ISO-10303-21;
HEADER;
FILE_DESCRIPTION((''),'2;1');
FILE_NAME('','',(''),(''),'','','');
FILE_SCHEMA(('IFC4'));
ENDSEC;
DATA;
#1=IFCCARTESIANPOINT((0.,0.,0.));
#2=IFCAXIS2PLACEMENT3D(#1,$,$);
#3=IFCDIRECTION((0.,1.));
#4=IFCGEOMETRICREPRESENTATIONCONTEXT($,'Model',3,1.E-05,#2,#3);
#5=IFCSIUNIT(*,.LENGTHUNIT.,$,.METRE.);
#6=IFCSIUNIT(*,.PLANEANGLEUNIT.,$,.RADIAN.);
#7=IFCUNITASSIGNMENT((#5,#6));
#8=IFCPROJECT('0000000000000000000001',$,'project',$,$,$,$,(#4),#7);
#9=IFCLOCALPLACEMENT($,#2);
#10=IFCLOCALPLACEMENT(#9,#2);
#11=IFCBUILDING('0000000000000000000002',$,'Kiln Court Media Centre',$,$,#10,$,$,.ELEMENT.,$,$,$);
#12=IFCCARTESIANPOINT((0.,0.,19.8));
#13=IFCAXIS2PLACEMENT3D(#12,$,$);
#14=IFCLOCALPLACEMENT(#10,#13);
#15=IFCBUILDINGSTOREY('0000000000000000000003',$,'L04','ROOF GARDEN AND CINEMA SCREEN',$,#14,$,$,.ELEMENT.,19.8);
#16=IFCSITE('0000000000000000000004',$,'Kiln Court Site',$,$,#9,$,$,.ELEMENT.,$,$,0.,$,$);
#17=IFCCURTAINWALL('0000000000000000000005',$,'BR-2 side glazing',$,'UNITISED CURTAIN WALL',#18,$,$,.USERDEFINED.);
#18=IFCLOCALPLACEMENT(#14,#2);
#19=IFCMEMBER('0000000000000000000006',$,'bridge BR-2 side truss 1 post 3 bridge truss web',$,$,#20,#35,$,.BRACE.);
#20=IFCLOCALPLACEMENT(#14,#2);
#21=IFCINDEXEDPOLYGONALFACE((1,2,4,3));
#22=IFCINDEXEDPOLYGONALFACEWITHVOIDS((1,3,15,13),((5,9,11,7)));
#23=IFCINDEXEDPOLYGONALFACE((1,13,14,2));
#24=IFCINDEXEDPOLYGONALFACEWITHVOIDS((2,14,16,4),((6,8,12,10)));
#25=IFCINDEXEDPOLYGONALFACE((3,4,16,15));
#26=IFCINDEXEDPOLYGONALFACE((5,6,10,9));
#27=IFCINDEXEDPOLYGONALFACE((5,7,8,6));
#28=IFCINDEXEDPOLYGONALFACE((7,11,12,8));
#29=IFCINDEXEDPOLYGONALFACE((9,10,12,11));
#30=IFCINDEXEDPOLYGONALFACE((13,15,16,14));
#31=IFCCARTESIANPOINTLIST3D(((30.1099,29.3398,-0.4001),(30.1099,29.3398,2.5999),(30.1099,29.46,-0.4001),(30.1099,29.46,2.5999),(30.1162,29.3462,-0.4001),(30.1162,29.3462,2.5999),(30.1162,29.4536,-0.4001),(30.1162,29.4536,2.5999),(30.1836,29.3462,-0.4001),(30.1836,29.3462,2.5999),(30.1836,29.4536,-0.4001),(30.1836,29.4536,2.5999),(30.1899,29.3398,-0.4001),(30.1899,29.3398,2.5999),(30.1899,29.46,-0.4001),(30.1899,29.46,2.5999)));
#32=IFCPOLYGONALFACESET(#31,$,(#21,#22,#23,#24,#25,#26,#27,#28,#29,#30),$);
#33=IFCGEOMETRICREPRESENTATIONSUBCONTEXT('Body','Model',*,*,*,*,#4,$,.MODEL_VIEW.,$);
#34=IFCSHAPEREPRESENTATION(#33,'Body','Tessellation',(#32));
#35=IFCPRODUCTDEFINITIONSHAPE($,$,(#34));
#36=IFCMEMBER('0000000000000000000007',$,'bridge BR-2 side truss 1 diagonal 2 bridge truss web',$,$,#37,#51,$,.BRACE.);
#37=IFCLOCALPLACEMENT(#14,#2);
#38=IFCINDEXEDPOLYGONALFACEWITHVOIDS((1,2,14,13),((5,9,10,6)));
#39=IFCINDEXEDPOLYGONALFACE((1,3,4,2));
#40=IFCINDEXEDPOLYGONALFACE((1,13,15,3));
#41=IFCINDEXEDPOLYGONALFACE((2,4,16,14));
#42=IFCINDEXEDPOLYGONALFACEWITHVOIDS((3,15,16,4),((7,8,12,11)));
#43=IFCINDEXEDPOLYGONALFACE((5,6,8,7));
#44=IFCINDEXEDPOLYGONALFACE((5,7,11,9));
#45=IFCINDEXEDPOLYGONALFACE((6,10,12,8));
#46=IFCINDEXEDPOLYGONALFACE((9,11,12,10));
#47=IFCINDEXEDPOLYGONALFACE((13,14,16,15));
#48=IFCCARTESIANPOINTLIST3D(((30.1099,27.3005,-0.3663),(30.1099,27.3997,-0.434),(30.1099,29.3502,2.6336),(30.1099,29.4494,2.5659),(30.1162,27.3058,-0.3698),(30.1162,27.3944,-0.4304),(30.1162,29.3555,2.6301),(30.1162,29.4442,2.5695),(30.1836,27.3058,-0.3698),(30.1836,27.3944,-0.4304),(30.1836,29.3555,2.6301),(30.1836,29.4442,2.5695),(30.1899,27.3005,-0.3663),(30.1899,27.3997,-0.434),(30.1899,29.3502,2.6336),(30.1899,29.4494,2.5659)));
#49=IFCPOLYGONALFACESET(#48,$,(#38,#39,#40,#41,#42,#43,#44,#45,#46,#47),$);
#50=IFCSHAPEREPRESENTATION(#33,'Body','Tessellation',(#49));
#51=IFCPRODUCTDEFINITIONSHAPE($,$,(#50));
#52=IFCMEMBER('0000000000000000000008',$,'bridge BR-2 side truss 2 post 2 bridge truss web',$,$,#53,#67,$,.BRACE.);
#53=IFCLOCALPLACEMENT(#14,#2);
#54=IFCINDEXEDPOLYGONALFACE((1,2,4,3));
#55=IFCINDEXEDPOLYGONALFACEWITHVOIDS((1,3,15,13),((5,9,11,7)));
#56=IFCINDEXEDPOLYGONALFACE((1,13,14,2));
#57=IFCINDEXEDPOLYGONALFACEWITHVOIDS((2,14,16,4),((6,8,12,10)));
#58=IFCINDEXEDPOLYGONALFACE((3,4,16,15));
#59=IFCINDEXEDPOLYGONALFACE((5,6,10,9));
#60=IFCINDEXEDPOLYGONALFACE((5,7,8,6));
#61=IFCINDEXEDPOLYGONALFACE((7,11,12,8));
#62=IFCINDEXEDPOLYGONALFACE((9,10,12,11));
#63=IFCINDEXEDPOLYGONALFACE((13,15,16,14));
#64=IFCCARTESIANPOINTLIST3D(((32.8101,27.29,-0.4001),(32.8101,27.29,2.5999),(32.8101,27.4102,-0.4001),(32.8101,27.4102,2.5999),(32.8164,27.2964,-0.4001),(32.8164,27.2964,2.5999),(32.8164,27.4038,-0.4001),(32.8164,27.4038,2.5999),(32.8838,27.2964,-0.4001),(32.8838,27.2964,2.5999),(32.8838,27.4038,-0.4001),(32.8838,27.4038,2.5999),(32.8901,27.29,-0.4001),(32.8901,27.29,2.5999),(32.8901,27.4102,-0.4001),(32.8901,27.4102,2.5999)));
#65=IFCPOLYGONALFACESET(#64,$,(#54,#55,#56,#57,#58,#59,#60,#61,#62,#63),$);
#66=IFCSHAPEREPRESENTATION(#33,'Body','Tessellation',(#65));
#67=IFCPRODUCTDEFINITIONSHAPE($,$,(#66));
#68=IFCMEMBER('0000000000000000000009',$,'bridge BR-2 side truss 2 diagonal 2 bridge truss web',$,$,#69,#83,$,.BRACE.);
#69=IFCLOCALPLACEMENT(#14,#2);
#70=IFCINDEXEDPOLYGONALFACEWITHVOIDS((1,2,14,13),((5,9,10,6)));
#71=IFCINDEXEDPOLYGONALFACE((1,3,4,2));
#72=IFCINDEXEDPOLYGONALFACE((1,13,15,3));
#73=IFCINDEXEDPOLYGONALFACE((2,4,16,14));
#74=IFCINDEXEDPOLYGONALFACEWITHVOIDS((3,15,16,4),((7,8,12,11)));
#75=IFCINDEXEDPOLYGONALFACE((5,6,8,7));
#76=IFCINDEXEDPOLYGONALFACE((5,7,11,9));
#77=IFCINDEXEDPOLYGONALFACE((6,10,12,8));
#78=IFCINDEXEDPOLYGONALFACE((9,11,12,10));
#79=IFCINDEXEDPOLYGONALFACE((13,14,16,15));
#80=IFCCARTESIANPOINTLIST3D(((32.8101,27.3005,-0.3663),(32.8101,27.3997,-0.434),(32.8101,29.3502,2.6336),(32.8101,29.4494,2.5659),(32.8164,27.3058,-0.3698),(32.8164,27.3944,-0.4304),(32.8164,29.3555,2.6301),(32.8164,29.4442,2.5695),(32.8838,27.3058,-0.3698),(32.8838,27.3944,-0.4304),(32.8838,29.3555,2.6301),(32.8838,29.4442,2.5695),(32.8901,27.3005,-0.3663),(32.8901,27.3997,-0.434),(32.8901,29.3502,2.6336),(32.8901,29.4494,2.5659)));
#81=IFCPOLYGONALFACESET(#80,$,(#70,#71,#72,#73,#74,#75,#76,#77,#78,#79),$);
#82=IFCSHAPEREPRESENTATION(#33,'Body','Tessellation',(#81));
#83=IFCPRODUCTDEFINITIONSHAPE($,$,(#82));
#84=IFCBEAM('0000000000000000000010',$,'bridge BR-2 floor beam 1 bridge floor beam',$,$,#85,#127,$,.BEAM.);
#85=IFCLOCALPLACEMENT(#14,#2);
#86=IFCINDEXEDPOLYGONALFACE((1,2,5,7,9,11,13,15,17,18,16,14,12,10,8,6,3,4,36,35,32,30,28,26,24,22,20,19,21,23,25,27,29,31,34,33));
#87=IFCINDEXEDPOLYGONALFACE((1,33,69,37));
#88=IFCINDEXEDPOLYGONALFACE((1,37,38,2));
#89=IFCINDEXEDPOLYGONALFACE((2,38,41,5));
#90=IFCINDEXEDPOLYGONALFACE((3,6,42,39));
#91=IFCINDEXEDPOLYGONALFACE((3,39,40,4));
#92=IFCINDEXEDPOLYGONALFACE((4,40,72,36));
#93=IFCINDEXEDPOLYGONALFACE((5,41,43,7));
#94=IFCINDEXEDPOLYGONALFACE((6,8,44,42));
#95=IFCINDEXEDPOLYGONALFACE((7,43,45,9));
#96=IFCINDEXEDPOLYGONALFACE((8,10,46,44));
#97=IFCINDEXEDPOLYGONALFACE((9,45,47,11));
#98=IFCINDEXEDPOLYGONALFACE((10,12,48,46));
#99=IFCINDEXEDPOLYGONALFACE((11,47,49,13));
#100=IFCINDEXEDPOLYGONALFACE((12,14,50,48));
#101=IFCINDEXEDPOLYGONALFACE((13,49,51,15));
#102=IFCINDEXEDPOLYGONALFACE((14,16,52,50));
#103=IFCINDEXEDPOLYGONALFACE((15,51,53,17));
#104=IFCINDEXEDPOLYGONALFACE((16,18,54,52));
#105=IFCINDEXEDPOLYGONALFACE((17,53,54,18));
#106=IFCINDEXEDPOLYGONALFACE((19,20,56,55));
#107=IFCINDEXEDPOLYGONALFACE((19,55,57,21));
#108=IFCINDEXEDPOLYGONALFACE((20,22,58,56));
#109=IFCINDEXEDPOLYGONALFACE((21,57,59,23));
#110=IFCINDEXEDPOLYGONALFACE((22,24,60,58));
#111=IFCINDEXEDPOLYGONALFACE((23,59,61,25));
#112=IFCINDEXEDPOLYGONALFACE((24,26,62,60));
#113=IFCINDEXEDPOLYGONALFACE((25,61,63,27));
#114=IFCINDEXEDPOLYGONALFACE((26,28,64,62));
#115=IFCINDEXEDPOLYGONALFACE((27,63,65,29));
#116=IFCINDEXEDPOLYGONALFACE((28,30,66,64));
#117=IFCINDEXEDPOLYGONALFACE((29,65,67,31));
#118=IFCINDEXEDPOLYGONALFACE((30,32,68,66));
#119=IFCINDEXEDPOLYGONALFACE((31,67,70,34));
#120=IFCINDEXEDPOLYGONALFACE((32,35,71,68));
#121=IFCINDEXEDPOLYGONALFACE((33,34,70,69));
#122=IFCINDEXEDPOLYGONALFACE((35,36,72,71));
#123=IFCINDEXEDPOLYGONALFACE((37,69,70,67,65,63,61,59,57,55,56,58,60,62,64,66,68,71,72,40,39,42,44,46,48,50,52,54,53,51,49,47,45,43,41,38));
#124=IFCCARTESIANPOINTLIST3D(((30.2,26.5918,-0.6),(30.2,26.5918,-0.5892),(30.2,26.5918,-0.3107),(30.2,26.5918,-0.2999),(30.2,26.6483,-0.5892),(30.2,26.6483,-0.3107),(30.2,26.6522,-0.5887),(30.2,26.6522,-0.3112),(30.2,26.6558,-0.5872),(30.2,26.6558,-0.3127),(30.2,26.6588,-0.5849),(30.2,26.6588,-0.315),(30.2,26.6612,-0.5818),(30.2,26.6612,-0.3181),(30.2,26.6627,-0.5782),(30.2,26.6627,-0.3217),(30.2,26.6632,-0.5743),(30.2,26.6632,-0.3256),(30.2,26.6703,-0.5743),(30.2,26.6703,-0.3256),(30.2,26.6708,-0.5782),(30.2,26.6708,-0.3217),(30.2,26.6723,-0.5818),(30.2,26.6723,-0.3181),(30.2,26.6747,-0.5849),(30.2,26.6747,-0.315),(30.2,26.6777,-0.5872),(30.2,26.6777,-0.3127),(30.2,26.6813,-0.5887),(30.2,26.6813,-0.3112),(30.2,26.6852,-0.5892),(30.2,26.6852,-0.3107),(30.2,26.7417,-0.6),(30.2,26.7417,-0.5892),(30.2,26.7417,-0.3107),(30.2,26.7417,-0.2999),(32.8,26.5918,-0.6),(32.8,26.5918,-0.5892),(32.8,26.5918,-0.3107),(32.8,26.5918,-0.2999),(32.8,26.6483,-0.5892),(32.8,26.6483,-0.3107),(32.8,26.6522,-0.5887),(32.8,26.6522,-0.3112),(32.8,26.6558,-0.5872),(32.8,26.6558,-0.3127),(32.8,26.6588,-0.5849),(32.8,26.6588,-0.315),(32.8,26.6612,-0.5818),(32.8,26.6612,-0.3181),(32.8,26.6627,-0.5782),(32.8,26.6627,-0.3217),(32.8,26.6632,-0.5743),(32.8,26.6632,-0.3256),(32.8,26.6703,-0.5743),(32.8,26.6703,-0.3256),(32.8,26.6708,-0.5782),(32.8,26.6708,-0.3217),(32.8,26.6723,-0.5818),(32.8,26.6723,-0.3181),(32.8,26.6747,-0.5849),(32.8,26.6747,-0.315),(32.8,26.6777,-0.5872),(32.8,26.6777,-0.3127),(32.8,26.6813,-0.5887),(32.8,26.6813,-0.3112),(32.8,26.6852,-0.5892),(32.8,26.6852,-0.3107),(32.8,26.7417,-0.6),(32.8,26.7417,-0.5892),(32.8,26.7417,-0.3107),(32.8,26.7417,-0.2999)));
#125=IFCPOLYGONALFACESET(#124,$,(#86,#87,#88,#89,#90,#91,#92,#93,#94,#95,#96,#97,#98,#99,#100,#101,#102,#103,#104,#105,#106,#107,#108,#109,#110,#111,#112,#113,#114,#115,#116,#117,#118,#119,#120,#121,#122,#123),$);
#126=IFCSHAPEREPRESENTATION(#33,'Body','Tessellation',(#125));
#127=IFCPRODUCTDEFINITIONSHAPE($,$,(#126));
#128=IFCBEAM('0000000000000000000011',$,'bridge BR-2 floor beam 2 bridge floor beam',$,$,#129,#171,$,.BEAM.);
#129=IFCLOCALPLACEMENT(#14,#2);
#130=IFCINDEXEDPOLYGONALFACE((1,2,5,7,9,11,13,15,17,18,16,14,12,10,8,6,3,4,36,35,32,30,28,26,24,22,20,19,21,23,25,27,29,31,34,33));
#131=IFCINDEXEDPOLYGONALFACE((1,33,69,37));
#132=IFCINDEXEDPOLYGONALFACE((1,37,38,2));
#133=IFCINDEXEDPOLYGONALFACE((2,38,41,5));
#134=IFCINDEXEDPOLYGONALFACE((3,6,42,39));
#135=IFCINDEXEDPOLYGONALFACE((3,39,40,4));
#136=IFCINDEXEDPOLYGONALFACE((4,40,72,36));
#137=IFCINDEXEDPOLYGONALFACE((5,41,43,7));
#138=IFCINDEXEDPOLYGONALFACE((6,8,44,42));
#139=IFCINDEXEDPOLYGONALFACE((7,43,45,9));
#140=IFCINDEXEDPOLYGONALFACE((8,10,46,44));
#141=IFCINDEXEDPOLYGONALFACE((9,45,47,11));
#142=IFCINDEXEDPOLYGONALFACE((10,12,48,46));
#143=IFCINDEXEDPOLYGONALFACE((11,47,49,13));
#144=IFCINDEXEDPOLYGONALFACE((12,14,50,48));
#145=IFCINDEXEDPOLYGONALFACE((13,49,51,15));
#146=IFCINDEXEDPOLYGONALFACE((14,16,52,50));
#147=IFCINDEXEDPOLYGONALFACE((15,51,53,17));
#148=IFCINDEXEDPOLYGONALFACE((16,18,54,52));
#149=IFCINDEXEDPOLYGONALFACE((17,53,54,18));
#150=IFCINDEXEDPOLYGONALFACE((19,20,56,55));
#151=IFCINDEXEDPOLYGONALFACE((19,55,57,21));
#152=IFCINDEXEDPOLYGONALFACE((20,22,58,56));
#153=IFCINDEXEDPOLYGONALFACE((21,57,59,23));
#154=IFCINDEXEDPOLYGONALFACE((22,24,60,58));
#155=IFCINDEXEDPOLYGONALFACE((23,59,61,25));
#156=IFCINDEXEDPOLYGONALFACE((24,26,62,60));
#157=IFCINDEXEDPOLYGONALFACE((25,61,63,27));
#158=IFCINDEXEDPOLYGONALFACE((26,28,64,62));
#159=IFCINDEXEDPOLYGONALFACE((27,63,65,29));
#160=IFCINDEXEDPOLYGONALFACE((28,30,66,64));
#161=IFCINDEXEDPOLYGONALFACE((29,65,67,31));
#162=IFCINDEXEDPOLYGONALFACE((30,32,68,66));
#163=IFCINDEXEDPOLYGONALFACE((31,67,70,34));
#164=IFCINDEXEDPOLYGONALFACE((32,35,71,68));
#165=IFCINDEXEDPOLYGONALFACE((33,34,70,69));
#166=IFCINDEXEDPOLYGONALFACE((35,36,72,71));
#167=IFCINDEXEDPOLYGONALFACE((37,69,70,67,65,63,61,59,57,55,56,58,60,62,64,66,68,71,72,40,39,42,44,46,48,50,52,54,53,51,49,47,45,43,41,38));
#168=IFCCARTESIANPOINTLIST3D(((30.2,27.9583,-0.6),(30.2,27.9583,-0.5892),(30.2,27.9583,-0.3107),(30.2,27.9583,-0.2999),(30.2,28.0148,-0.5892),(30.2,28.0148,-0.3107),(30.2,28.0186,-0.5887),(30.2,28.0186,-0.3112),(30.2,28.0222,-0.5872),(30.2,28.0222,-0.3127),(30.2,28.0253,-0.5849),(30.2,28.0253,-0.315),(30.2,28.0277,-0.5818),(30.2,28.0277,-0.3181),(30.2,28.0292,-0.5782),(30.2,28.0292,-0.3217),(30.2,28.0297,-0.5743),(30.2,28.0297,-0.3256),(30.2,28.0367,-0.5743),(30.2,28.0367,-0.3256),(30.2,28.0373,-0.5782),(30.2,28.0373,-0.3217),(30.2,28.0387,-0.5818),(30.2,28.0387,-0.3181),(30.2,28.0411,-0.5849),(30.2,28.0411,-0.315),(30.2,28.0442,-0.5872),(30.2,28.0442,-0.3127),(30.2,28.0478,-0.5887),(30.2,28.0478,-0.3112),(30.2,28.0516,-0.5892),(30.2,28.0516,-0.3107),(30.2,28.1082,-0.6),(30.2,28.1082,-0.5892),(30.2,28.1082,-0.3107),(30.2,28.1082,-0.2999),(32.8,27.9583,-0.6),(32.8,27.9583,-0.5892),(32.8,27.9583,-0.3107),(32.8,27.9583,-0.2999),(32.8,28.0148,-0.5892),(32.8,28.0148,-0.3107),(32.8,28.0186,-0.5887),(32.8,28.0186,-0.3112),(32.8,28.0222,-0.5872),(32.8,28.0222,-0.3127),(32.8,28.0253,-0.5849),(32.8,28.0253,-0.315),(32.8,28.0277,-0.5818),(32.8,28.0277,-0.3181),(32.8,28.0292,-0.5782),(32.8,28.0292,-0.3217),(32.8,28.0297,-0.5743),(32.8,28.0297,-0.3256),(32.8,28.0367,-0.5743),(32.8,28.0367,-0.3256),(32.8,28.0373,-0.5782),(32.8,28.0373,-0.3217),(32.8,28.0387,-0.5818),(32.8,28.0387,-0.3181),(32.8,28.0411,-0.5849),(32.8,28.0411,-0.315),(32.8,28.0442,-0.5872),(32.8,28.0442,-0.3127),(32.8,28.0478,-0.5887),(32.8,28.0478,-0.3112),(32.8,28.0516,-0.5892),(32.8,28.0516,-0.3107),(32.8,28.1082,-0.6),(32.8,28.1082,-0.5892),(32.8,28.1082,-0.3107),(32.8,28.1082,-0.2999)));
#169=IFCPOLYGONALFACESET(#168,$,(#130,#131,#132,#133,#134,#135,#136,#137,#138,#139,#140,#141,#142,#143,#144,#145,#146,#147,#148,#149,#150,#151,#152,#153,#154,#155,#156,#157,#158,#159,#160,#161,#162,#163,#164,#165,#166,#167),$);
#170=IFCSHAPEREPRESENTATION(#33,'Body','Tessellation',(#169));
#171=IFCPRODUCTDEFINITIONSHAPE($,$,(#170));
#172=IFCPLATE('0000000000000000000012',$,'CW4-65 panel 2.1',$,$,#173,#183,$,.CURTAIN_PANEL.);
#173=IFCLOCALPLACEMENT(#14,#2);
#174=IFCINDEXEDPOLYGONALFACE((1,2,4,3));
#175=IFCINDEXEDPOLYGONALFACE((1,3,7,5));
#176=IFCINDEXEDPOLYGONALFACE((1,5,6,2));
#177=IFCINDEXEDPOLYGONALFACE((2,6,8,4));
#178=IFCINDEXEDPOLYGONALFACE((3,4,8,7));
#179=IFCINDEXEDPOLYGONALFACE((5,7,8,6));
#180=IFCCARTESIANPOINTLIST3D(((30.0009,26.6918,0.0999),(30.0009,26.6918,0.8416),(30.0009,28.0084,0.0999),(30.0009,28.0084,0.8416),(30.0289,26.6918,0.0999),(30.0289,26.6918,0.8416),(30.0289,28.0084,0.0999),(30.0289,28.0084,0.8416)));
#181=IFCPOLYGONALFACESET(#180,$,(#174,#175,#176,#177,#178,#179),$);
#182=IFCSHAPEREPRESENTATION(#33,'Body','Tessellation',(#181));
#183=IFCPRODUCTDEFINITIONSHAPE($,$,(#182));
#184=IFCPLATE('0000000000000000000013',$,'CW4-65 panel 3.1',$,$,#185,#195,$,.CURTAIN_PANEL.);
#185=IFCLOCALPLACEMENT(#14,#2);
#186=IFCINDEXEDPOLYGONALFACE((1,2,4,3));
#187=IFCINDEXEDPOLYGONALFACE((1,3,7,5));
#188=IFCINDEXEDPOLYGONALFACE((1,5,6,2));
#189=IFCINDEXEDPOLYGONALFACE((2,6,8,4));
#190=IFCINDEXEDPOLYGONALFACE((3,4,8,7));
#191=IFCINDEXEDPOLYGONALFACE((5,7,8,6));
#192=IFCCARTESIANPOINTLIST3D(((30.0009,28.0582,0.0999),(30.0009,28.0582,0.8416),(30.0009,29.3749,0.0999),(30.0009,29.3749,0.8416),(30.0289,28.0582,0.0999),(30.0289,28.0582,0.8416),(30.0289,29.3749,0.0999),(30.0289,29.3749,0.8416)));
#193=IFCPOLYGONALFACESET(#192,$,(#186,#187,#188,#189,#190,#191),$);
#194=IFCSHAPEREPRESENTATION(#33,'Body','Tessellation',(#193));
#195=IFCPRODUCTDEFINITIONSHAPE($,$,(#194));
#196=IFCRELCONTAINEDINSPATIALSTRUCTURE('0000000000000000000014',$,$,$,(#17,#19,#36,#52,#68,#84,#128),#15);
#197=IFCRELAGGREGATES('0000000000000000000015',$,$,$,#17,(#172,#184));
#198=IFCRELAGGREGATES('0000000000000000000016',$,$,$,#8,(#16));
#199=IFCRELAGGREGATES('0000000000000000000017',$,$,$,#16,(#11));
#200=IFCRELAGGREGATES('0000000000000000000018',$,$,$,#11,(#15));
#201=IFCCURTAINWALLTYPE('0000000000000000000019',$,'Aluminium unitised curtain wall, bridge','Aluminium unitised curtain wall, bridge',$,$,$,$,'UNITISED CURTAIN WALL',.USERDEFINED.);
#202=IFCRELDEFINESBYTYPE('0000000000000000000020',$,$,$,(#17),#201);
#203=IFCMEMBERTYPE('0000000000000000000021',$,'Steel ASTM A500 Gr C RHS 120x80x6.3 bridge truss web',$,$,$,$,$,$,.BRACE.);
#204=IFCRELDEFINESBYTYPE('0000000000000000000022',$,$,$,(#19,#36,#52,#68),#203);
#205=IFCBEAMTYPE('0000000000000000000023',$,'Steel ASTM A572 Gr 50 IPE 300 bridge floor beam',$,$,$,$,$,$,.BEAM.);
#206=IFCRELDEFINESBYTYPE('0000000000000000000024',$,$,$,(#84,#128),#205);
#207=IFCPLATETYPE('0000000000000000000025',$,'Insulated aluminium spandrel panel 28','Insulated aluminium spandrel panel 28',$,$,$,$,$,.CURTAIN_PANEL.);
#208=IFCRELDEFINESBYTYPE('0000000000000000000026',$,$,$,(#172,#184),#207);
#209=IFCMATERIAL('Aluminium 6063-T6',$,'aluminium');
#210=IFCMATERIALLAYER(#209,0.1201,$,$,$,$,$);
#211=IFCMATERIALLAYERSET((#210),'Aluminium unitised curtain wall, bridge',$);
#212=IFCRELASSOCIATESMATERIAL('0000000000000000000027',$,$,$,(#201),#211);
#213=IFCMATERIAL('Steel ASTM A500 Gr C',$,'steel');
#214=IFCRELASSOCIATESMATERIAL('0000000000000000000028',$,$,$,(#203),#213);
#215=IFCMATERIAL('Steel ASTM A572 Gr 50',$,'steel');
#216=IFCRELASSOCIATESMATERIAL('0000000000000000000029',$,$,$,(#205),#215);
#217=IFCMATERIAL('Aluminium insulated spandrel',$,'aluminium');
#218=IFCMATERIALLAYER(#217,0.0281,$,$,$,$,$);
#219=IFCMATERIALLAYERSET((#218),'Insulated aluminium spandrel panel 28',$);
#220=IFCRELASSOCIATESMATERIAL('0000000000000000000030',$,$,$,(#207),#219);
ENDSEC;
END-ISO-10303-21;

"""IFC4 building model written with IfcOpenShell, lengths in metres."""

from ifc_helpers import new_model, si_unit, direction, frame, origin, origin_2d, place, context, subcontext, project, spatial, rectangle, hollow_rectangle, i_section, extrude, material, layer, layer_set, material_profile, profile_set, type_object, element, aggregate, save


model = new_model("IFC4")

# Units and contexts
model_context = context("Model", 3, precision=1e-05, world=origin(), true_north=direction((0.0, 1.0)))
body_context = subcontext(model_context, "Body", "Model", "MODEL_VIEW")
ifc_project = project(units=[si_unit("LENGTHUNIT", "METRE"), si_unit("PLANEANGLEUNIT", "RADIAN")], contexts=[model_context])

# Site, building, storey
site_placement = place(None, origin())
site = spatial("IfcSite", under=ifc_project, at=site_placement, Name="Kiln Court Site", CompositionType="ELEMENT", RefElevation=0.0)
building_placement = place(site_placement, origin())
building = spatial("IfcBuilding", under=site, at=building_placement, Name="Kiln Court Media Centre", CompositionType="ELEMENT")
storey_placement = place(building_placement, frame((0.0, 0.0, 19.8)))
storey = spatial("IfcBuildingStorey", under=building, at=storey_placement, Name="L04", Description="ROOF GARDEN AND CINEMA SCREEN", CompositionType="ELEMENT", Elevation=19.8)

# Curtain wall
ifc_material_1 = material(Name="Aluminium 6063-T6", Category="aluminium")
ifc_layer_1 = layer(ifc_material_1, 0.1201)
ifc_layer_set_1 = layer_set([ifc_layer_1], Name="Aluminium unitised curtain wall, bridge")
curtain_wall_type_1 = type_object("IfcCurtainWallType", Name="Aluminium unitised curtain wall, bridge", Description="Aluminium unitised curtain wall, bridge", ElementType="UNITISED CURTAIN WALL", PredefinedType="USERDEFINED", material=ifc_layer_set_1)
curtain_wall_1_placement = place(storey_placement, origin())
curtain_wall_1 = element("IfcCurtainWall", 1, at=curtain_wall_1_placement, inside=storey, type_object=curtain_wall_type_1, Name="BR-2 side glazing", ObjectType="UNITISED CURTAIN WALL", PredefinedType="USERDEFINED")

# Members
ifc_material_2 = material(Name="Steel ASTM A500 Gr C", Category="steel")
ifc_material_profile_1 = material_profile(ifc_material_2, hollow_rectangle(XDim=0.0801, YDim=0.1201, WallThickness=0.0063, at=origin_2d()), Name="RHS 120x80x6.3")
ifc_profile_set_1 = profile_set([ifc_material_profile_1], Name="Steel ASTM A500 Gr C")
member_type_1 = type_object("IfcMemberType", Name="Steel ASTM A500 Gr C RHS 120x80x6.3 bridge truss web", PredefinedType="BRACE", material=ifc_profile_set_1)
for number, where, z_axis, x_axis, name in (
    (2, (30.1499, 29.3999, -0.4001), (0.0, 0.0, 1.0), (1.0, 0.0, 0.0), "bridge BR-2 side truss 1 post 3 bridge truss web"),
):
    element("IfcMember", number, at=place(storey_placement, frame(where, z_axis=z_axis, x_axis=x_axis)), inside=storey, type_object=member_type_1, Name=name, PredefinedType="BRACE", context=body_context, shape_type="SweptSolid", body=[
        extrude(hollow_rectangle(XDim=0.0801, YDim=0.1201, WallThickness=0.0063, at=origin_2d()), origin(), (0.0, 0.0, 1.0), 3.0),
    ])
member_1_placement = place(storey_placement, frame((30.1499, 27.3501, -0.4001), z_axis=(0.0, 0.564154, 0.82567), x_axis=(-1.0, 0.0, 0.0)))
element("IfcMember", 3, at=member_1_placement, inside=storey, type_object=member_type_1, Name="bridge BR-2 side truss 1 diagonal 2 bridge truss web", PredefinedType="BRACE", context=body_context, shape_type="SweptSolid", body=[
    extrude(hollow_rectangle(XDim=0.0801, YDim=0.1201, WallThickness=0.0063, at=origin_2d()), origin(), (0.0, 0.0, 1.0), 3.6333),
])
member_2_placement = place(storey_placement, frame((32.8501, 27.3501, -0.4001), z_axis=(0.0, 0.0, 1.0), x_axis=(1.0, 0.0, 0.0)))
element("IfcMember", 4, at=member_2_placement, inside=storey, type_object=member_type_1, Name="bridge BR-2 side truss 2 post 2 bridge truss web", PredefinedType="BRACE", context=body_context, shape_type="SweptSolid", body=[
    extrude(hollow_rectangle(XDim=0.0801, YDim=0.1201, WallThickness=0.0063, at=origin_2d()), origin(), (0.0, 0.0, 1.0), 3.0),
])
member_3_placement = place(storey_placement, frame((32.8501, 27.3501, -0.4001), z_axis=(0.0, 0.564154, 0.82567), x_axis=(-1.0, 0.0, 0.0)))
element("IfcMember", 5, at=member_3_placement, inside=storey, type_object=member_type_1, Name="bridge BR-2 side truss 2 diagonal 2 bridge truss web", PredefinedType="BRACE", context=body_context, shape_type="SweptSolid", body=[
    extrude(hollow_rectangle(XDim=0.0801, YDim=0.1201, WallThickness=0.0063, at=origin_2d()), origin(), (0.0, 0.0, 1.0), 3.6333),
])

# Beams
ifc_material_3 = material(Name="Steel ASTM A572 Gr 50", Category="steel")
ifc_material_profile_2 = material_profile(ifc_material_3, i_section(OverallWidth=0.1499, OverallDepth=0.3, WebThickness=0.0071, FlangeThickness=0.0107, FilletRadius=0.0149, at=origin_2d()), Name="IPE 300")
ifc_profile_set_2 = profile_set([ifc_material_profile_2], Name="Steel ASTM A572 Gr 50")
beam_type = type_object("IfcBeamType", Name="Steel ASTM A572 Gr 50 IPE 300 bridge floor beam", PredefinedType="BEAM", material=ifc_profile_set_2)
for number, where, z_axis, x_axis, name in (
    (6, (30.2, 26.6667, -0.45), (1.0, 0.0, 0.0), (0.0, 1.0, 0.0), "bridge BR-2 floor beam 1 bridge floor beam"),
    (7, (30.2, 28.0332, -0.45), (1.0, 0.0, 0.0), (0.0, 1.0, 0.0), "bridge BR-2 floor beam 2 bridge floor beam"),
):
    element("IfcBeam", number, at=place(storey_placement, frame(where, z_axis=z_axis, x_axis=x_axis)), inside=storey, type_object=beam_type, Name=name, PredefinedType="BEAM", context=body_context, shape_type="SweptSolid", body=[
        extrude(i_section(OverallWidth=0.1499, OverallDepth=0.3, WebThickness=0.0071, FlangeThickness=0.0107, FilletRadius=0.0149, at=origin_2d()), origin(), (0.0, 0.0, 1.0), 2.6001),
    ])

# Plates
ifc_material_4 = material(Name="Aluminium insulated spandrel", Category="aluminium")
ifc_layer_2 = layer(ifc_material_4, 0.0281)
ifc_layer_set_2 = layer_set([ifc_layer_2], Name="Insulated aluminium spandrel panel 28")
plate_type_1 = type_object("IfcPlateType", Name="Insulated aluminium spandrel panel 28", Description="Insulated aluminium spandrel panel 28", PredefinedType="CURTAIN_PANEL", material=ifc_layer_set_2)
plate_1_placement = place(storey_placement, frame((30.0149, 27.3501, 0.0999), z_axis=(0.0, 0.0, 1.0), x_axis=(0.0, 1.0, 0.0)))
plate_1 = element("IfcPlate", 8, at=plate_1_placement, type_object=plate_type_1, Name="CW4-65 panel 2.1", PredefinedType="CURTAIN_PANEL", context=body_context, shape_type="SweptSolid", body=[
    extrude(rectangle(XDim=1.3167, YDim=0.0281, at=origin_2d()), origin(), (0.0, 0.0, 1.0), 0.7417),
])
plate_2_placement = place(storey_placement, frame((30.0149, 28.7166, 0.0999), z_axis=(0.0, 0.0, 1.0), x_axis=(0.0, 1.0, 0.0)))
plate_2 = element("IfcPlate", 9, at=plate_2_placement, type_object=plate_type_1, Name="CW4-65 panel 3.1", PredefinedType="CURTAIN_PANEL", context=body_context, shape_type="SweptSolid", body=[
    extrude(rectangle(XDim=1.3167, YDim=0.0281, at=origin_2d()), origin(), (0.0, 0.0, 1.0), 0.7417),
])
aggregate(curtain_wall_1, [plate_1, plate_2])

save(model, "model.ifc")
